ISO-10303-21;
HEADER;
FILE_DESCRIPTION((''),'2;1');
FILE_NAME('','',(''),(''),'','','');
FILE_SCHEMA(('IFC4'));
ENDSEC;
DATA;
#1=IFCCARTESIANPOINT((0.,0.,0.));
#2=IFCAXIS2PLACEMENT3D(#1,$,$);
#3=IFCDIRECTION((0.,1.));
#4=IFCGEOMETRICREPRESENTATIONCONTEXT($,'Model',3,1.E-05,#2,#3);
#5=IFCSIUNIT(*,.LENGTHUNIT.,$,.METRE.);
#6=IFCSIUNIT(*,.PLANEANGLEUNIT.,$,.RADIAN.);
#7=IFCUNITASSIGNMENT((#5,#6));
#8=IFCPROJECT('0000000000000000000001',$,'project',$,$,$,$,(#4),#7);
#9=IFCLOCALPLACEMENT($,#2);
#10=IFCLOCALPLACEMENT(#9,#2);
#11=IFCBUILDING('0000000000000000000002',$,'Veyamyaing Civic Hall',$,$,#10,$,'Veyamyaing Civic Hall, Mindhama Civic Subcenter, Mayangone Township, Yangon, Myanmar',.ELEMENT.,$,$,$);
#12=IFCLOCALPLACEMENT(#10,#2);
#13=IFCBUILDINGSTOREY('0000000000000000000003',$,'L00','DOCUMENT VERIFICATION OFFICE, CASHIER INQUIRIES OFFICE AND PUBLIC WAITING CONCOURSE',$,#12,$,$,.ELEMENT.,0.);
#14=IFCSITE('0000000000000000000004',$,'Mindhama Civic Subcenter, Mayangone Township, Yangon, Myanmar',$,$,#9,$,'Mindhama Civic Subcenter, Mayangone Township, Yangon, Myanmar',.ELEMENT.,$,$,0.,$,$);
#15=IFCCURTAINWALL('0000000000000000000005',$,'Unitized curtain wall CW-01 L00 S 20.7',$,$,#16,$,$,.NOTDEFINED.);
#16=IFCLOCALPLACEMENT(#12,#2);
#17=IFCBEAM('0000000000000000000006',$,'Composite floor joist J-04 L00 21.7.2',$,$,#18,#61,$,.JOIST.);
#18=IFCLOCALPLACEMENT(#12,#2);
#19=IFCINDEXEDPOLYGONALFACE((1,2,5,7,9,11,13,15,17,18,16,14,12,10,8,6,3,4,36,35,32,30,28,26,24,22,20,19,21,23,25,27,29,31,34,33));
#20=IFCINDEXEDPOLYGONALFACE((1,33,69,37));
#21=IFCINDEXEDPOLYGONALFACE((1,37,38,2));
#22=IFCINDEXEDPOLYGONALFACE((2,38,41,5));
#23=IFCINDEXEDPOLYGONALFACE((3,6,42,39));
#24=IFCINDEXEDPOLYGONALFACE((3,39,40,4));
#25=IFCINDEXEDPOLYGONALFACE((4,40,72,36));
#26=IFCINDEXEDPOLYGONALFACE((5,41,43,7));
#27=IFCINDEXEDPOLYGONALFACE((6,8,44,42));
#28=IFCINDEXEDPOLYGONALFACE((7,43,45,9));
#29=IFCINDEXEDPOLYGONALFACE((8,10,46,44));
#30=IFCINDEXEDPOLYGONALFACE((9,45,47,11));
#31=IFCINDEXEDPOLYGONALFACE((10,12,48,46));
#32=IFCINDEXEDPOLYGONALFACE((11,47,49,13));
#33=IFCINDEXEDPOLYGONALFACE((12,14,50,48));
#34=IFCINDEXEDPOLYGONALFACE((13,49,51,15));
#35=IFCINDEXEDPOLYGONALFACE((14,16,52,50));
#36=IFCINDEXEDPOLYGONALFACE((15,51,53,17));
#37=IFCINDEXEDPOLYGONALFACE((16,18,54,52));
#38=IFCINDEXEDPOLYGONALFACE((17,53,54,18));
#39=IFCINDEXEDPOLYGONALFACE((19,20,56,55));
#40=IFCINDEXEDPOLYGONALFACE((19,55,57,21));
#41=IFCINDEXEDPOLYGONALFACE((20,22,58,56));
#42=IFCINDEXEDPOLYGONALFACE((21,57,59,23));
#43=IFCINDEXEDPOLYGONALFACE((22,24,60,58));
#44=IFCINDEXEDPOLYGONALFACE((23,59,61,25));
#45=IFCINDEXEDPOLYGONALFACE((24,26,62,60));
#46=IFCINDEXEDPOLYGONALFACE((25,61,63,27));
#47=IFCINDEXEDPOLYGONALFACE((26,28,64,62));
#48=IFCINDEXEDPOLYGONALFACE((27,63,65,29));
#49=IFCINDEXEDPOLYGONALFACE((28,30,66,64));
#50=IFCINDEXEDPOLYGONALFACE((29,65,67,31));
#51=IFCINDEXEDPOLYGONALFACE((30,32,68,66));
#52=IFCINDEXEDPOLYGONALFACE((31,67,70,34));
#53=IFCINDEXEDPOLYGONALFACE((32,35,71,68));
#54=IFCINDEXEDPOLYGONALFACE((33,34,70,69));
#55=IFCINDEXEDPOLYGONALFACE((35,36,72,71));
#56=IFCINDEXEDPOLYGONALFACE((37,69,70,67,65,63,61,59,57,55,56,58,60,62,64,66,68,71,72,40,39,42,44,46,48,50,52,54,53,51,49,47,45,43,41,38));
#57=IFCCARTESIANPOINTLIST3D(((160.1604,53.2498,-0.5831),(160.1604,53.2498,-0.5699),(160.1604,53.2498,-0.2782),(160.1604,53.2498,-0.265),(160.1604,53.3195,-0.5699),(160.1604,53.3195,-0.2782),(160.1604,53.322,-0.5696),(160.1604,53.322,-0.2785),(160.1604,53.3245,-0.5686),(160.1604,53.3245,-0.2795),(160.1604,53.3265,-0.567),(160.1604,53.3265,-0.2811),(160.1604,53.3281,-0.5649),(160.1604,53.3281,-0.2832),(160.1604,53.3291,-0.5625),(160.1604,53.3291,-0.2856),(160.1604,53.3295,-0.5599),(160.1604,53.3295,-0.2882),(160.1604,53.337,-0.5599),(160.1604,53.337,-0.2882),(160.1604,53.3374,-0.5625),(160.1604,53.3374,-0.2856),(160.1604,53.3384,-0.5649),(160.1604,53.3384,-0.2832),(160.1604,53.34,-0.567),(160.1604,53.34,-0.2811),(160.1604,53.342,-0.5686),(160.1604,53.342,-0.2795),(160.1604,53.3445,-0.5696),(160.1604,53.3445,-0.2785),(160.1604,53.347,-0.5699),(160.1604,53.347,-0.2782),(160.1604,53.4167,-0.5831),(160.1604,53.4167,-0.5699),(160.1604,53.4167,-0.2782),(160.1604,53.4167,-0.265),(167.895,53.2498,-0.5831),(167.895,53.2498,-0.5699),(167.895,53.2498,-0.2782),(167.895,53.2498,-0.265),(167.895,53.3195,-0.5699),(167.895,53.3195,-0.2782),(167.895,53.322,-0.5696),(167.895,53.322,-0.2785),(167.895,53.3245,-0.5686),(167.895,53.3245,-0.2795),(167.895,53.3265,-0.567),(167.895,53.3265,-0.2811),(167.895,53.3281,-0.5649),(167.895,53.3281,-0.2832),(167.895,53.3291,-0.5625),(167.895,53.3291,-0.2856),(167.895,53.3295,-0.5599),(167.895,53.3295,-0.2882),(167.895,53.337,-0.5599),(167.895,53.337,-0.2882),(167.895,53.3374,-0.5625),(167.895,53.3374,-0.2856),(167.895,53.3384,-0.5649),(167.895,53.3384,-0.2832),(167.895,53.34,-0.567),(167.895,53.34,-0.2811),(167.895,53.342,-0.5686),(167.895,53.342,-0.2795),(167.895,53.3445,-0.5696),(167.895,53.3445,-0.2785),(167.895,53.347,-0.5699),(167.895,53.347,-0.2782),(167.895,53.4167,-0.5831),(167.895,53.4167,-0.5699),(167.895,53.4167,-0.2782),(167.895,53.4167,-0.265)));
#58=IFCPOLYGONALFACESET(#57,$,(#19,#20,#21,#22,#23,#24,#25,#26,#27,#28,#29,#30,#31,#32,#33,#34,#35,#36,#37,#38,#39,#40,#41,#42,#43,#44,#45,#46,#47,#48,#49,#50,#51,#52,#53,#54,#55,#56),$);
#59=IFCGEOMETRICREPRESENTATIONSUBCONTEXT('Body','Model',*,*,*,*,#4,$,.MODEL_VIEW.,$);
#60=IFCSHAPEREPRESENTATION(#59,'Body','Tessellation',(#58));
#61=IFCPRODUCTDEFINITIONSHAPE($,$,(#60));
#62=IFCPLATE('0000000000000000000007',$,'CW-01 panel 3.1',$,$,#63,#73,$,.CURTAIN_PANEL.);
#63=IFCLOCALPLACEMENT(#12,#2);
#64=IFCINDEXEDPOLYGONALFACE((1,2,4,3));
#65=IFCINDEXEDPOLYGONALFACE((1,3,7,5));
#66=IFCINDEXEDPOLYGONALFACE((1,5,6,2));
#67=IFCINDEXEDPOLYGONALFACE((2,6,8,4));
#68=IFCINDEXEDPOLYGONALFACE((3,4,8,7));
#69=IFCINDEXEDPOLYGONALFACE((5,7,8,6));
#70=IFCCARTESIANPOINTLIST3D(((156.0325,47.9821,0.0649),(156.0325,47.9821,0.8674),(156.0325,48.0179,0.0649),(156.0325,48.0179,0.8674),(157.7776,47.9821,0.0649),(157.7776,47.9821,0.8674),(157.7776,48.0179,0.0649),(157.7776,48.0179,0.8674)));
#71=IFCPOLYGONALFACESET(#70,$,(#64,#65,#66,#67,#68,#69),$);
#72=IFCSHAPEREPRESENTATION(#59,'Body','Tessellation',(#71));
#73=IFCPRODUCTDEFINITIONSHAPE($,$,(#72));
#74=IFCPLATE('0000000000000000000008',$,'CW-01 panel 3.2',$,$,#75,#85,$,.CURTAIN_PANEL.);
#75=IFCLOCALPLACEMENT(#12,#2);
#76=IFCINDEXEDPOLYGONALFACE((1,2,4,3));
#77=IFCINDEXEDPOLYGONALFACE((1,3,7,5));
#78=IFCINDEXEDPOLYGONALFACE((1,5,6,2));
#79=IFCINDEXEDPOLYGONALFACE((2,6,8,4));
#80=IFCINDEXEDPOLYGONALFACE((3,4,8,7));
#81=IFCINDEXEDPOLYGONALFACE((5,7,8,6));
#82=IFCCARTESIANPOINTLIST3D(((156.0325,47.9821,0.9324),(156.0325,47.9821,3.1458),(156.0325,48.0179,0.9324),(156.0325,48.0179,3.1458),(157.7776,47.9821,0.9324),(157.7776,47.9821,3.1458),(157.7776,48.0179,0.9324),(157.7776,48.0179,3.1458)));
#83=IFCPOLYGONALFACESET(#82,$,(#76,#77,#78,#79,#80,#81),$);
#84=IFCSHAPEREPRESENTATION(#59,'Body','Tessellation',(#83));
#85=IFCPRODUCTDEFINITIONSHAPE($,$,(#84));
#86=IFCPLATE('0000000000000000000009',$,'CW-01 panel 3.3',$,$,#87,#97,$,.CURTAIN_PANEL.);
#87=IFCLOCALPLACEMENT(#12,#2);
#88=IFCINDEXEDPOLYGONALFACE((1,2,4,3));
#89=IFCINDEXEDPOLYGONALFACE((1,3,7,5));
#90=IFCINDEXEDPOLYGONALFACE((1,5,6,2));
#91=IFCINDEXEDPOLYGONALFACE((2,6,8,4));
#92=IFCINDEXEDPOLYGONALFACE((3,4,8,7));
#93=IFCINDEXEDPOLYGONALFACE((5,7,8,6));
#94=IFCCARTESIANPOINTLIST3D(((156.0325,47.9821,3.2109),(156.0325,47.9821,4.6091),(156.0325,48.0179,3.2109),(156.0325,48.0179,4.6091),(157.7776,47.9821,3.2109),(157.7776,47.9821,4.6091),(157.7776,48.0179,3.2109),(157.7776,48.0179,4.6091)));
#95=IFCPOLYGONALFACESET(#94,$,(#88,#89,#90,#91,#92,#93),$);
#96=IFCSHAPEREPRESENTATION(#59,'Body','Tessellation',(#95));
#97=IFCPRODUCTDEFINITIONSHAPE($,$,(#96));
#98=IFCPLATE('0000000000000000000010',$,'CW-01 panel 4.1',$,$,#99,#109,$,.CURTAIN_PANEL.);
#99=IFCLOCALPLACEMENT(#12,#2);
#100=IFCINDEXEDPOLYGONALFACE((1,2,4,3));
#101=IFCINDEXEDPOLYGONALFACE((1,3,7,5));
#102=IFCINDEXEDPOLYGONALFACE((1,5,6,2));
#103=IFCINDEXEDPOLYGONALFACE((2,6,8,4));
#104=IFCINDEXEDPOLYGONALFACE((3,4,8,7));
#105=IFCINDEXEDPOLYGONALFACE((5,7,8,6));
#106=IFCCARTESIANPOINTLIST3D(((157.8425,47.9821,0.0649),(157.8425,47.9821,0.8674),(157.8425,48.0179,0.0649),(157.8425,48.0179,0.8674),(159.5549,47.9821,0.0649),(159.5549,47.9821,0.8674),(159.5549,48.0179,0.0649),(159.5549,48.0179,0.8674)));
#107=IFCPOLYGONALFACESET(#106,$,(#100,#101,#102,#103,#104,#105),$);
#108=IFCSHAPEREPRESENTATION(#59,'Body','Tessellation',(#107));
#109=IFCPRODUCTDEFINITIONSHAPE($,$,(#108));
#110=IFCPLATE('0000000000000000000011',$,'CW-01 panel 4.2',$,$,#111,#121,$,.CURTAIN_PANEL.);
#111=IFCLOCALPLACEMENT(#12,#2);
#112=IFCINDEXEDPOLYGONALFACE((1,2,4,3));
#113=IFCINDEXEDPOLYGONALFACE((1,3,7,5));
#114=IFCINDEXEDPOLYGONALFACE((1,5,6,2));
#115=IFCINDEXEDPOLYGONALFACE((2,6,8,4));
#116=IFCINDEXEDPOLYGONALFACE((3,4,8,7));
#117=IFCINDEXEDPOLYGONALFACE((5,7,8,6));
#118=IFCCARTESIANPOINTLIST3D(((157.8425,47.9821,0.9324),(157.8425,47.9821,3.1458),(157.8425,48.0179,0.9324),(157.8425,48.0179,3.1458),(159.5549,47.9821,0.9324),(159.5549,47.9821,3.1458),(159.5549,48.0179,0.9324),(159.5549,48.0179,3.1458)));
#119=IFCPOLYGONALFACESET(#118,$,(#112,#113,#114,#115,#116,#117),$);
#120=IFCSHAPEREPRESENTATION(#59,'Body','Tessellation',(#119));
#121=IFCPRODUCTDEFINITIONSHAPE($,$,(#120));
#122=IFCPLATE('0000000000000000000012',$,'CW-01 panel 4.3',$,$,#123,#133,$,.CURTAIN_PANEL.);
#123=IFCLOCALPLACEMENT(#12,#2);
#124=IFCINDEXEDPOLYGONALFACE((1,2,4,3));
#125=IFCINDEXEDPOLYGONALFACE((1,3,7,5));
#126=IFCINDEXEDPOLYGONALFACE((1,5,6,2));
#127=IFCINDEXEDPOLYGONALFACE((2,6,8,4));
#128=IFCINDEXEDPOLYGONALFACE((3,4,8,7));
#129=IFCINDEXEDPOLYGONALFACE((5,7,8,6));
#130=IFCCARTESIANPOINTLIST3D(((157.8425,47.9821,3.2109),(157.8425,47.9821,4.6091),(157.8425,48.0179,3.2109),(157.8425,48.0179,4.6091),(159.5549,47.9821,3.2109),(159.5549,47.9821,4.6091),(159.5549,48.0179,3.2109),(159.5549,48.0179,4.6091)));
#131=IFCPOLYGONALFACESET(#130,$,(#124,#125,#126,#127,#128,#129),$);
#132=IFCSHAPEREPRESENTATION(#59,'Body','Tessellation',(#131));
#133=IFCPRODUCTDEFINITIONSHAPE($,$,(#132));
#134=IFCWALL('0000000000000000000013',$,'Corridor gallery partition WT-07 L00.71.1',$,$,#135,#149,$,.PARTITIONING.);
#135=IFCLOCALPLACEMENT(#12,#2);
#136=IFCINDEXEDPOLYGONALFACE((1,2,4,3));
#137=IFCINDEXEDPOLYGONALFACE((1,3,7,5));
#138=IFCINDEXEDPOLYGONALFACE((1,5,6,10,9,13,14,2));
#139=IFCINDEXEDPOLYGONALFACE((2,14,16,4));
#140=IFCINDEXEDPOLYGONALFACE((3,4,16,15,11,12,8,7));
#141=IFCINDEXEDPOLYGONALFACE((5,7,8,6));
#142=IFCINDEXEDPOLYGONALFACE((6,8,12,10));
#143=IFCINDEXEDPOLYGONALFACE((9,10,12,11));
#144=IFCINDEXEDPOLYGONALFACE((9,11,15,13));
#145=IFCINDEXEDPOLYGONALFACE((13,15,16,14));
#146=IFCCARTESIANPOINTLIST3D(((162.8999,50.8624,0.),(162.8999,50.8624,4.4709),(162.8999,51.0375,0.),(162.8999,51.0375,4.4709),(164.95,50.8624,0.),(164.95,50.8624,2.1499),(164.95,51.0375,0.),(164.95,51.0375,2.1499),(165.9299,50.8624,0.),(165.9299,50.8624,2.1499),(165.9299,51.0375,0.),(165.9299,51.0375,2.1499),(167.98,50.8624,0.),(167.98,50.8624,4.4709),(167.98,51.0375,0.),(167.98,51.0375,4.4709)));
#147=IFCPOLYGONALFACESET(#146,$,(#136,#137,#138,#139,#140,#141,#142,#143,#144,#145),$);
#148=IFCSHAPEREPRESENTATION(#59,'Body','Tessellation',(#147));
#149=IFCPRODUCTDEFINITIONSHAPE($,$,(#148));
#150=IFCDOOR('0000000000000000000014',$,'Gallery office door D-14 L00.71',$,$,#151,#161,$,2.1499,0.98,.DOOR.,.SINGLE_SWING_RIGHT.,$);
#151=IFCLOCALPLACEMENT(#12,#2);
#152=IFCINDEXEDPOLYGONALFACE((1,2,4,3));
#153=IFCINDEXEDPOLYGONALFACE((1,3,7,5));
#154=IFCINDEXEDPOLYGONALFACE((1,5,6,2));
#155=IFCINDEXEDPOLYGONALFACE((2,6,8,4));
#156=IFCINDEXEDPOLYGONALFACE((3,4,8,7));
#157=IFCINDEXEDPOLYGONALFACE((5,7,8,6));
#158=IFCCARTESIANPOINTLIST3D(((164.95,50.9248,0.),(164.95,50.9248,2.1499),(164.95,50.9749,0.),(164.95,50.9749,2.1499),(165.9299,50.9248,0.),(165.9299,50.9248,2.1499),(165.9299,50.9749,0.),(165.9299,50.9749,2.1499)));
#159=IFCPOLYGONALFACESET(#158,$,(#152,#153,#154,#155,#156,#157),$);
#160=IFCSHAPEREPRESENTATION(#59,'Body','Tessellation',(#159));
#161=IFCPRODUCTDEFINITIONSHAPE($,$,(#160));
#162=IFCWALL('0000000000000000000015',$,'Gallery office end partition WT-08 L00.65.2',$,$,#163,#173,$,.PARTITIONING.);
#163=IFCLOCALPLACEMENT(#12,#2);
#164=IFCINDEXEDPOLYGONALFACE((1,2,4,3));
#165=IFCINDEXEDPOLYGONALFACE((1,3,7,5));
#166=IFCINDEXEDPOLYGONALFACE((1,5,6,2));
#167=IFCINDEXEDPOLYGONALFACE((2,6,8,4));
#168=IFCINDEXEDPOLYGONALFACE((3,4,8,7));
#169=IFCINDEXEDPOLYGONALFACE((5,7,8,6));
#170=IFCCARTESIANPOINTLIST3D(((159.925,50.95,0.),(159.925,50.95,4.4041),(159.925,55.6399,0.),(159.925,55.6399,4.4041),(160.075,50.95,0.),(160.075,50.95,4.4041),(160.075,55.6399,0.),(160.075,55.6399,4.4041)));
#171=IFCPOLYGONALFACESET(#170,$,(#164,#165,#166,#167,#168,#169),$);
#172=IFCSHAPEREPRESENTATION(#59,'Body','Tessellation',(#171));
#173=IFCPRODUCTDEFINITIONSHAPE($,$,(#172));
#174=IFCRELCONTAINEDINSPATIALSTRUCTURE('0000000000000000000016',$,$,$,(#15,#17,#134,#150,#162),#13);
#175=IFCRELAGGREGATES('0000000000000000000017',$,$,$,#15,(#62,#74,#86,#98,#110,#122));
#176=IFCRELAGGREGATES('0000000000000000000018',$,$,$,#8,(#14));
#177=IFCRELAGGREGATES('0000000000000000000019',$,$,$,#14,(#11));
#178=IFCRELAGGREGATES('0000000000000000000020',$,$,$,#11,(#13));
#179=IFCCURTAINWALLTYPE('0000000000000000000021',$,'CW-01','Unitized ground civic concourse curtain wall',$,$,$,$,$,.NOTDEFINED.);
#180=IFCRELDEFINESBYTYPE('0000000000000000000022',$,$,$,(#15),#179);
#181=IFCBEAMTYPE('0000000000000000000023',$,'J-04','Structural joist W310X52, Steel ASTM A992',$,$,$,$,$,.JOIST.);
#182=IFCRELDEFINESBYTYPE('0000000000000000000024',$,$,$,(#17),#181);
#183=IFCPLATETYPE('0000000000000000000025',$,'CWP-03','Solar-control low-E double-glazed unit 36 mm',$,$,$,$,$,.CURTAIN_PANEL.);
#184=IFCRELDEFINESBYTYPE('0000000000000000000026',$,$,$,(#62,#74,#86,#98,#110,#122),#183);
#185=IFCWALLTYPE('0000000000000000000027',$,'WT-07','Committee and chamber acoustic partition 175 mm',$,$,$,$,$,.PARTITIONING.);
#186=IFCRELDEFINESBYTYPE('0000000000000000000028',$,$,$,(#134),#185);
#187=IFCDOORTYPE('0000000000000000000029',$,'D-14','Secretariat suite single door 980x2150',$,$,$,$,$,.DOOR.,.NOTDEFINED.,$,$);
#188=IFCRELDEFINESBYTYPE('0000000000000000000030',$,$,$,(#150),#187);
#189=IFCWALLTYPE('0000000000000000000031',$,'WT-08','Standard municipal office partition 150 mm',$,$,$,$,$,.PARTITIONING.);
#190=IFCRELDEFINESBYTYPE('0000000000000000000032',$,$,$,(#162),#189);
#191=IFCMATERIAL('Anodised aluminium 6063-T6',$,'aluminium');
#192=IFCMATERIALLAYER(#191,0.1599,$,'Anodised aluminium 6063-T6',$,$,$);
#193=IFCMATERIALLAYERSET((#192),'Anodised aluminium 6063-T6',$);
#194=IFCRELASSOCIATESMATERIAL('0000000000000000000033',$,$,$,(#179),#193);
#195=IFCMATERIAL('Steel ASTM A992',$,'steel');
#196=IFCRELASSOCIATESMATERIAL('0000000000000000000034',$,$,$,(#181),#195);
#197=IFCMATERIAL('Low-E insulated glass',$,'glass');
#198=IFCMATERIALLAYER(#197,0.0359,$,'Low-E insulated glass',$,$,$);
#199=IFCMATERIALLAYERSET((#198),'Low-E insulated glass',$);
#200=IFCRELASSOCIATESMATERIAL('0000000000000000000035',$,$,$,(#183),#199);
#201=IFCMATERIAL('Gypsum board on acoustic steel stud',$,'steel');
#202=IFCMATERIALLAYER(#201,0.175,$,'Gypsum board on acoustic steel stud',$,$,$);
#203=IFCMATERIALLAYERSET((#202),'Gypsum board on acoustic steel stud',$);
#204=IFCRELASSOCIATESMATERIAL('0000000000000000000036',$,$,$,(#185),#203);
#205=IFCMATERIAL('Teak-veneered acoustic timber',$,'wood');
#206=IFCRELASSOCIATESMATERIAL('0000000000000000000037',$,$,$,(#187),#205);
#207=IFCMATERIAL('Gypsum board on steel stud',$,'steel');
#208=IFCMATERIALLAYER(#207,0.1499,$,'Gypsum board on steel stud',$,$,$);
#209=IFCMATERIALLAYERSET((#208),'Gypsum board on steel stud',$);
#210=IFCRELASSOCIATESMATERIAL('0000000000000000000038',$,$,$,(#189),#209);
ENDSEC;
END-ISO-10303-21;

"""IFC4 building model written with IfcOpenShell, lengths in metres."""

from ifc_helpers import new_model, si_unit, direction, frame, frame_2d, origin, origin_2d, place, context, subcontext, project, spatial, rectangle, i_section, extrude, material, layer, layer_set, material_profile, profile_set, type_object, element, fill, aggregate, save


model = new_model("IFC4")

# Units and contexts
model_context = context("Model", 3, precision=1e-05, world=origin(), true_north=direction((0.0, 1.0)))
body_context = subcontext(model_context, "Body", "Model", "MODEL_VIEW")
ifc_project = project(units=[si_unit("LENGTHUNIT", "METRE"), si_unit("PLANEANGLEUNIT", "RADIAN")], contexts=[model_context])

# Site, building, storey
site_placement = place(None, origin())
site = spatial("IfcSite", under=ifc_project, at=site_placement, Name="Mindhama Civic Subcenter, Mayangone Township, Yangon, Myanmar", LongName="Mindhama Civic Subcenter, Mayangone Township, Yangon, Myanmar", CompositionType="ELEMENT", RefElevation=0.0)
building_placement = place(site_placement, origin())
building = spatial("IfcBuilding", under=site, at=building_placement, Name="Veyamyaing Civic Hall", LongName="Veyamyaing Civic Hall, Mindhama Civic Subcenter, Mayangone Township, Yangon, Myanmar", CompositionType="ELEMENT")
storey_placement = place(building_placement, origin())
storey = spatial("IfcBuildingStorey", under=building, at=storey_placement, Name="L00", Description="DOCUMENT VERIFICATION OFFICE, CASHIER INQUIRIES OFFICE AND PUBLIC WAITING CONCOURSE", CompositionType="ELEMENT", Elevation=0.0)

# Shared definitions
ifc_material_1 = material(Name="Steel ASTM A992", Category="steel")

# Curtain wall
ifc_material_2 = material(Name="Anodised aluminium 6063-T6", Category="aluminium")
ifc_layer_1 = layer(ifc_material_2, 0.1599, Name="Anodised aluminium 6063-T6")
ifc_layer_set_1 = layer_set([ifc_layer_1], Name="Anodised aluminium 6063-T6")
curtain_wall_type = type_object("IfcCurtainWallType", Name="CW-01", Description="Unitized ground civic concourse curtain wall", PredefinedType="NOTDEFINED", material=ifc_layer_set_1)
curtain_wall_placement = place(storey_placement, origin())
curtain_wall = element("IfcCurtainWall", 1, at=curtain_wall_placement, inside=storey, type_object=curtain_wall_type, Name="Unitized curtain wall CW-01 L00 S 20.7", PredefinedType="NOTDEFINED")

# Beam
ifc_material_profile_1 = material_profile(ifc_material_1, i_section(OverallWidth=0.167, OverallDepth=0.3181, WebThickness=0.0076, FlangeThickness=0.0132, FilletRadius=0.01, at=origin_2d()), Name="W310X52")
ifc_profile_set_1 = profile_set([ifc_material_profile_1], Name="Steel ASTM A992")
beam_type_1 = type_object("IfcBeamType", Name="J-04", Description="Structural joist W310X52, Steel ASTM A992", PredefinedType="JOIST", material=ifc_profile_set_1)
for number, where, z_axis, x_axis, name in (
    (2, (160.1604, 53.3333, -0.4241), (1.0, 0.0, 0.0), (0.0, 1.0, 0.0), "Composite floor joist J-04 L00 21.7.2"),
):
    element("IfcBeam", number, at=place(storey_placement, frame(where, z_axis=z_axis, x_axis=x_axis)), inside=storey, type_object=beam_type_1, Name=name, PredefinedType="JOIST", context=body_context, shape_type="SweptSolid", body=[
        extrude(i_section(OverallWidth=0.167, OverallDepth=0.3181, WebThickness=0.0076, FlangeThickness=0.0132, FilletRadius=0.01, at=origin_2d()), origin(), (0.0, 0.0, 1.0), 7.7346),
    ])

# Plates
ifc_material_3 = material(Name="Low-E insulated glass", Category="glass")
ifc_layer_2 = layer(ifc_material_3, 0.0359, Name="Low-E insulated glass")
ifc_layer_set_2 = layer_set([ifc_layer_2], Name="Low-E insulated glass")
plate_type = type_object("IfcPlateType", Name="CWP-03", Description="Solar-control low-E double-glazed unit 36 mm", PredefinedType="CURTAIN_PANEL", material=ifc_layer_set_2)
plate_1_placement = place(storey_placement, frame((156.905, 48.0, 0.0649), z_axis=(0.0, 0.0, 1.0), x_axis=(1.0, 0.0, 0.0)))
plate_1 = element("IfcPlate", 3, at=plate_1_placement, type_object=plate_type, Name="CW-01 panel 3.1", PredefinedType="CURTAIN_PANEL", context=body_context, shape_type="SweptSolid", body=[
    extrude(rectangle(XDim=1.7451, YDim=0.0359, at=origin_2d()), origin(), (0.0, 0.0, 1.0), 0.8025),
])
plate_2_placement = place(storey_placement, frame((156.905, 48.0, 0.9324), z_axis=(0.0, 0.0, 1.0), x_axis=(1.0, 0.0, 0.0)))
plate_2 = element("IfcPlate", 4, at=plate_2_placement, type_object=plate_type, Name="CW-01 panel 3.2", PredefinedType="CURTAIN_PANEL", context=body_context, shape_type="SweptSolid", body=[
    extrude(rectangle(XDim=1.7451, YDim=0.0359, at=origin_2d()), origin(), (0.0, 0.0, 1.0), 2.2134),
])
plate_3_placement = place(storey_placement, frame((156.905, 48.0, 3.2109), z_axis=(0.0, 0.0, 1.0), x_axis=(1.0, 0.0, 0.0)))
plate_3 = element("IfcPlate", 5, at=plate_3_placement, type_object=plate_type, Name="CW-01 panel 3.3", PredefinedType="CURTAIN_PANEL", context=body_context, shape_type="SweptSolid", body=[
    extrude(rectangle(XDim=1.7451, YDim=0.0359, at=origin_2d()), origin(), (0.0, 0.0, 1.0), 1.3982),
])
plate_4_placement = place(storey_placement, frame((158.6987, 48.0, 0.0649), z_axis=(0.0, 0.0, 1.0), x_axis=(1.0, 0.0, 0.0)))
plate_4 = element("IfcPlate", 6, at=plate_4_placement, type_object=plate_type, Name="CW-01 panel 4.1", PredefinedType="CURTAIN_PANEL", context=body_context, shape_type="SweptSolid", body=[
    extrude(rectangle(XDim=1.7124, YDim=0.0359, at=origin_2d()), origin(), (0.0, 0.0, 1.0), 0.8025),
])
plate_5_placement = place(storey_placement, frame((158.6987, 48.0, 0.9324), z_axis=(0.0, 0.0, 1.0), x_axis=(1.0, 0.0, 0.0)))
plate_5 = element("IfcPlate", 7, at=plate_5_placement, type_object=plate_type, Name="CW-01 panel 4.2", PredefinedType="CURTAIN_PANEL", context=body_context, shape_type="SweptSolid", body=[
    extrude(rectangle(XDim=1.7124, YDim=0.0359, at=origin_2d()), origin(), (0.0, 0.0, 1.0), 2.2134),
])
plate_6_placement = place(storey_placement, frame((158.6987, 48.0, 3.2109), z_axis=(0.0, 0.0, 1.0), x_axis=(1.0, 0.0, 0.0)))
plate_6 = element("IfcPlate", 8, at=plate_6_placement, type_object=plate_type, Name="CW-01 panel 4.3", PredefinedType="CURTAIN_PANEL", context=body_context, shape_type="SweptSolid", body=[
    extrude(rectangle(XDim=1.7124, YDim=0.0359, at=origin_2d()), origin(), (0.0, 0.0, 1.0), 1.3982),
])
aggregate(curtain_wall, [plate_1, plate_2, plate_3, plate_4, plate_5, plate_6])

# Wall, opening, door
ifc_material_4 = material(Name="Gypsum board on acoustic steel stud", Category="steel")
ifc_layer_3 = layer(ifc_material_4, 0.175, Name="Gypsum board on acoustic steel stud")
ifc_layer_set_3 = layer_set([ifc_layer_3], Name="Gypsum board on acoustic steel stud")
wall_type_1 = type_object("IfcWallType", Name="WT-07", Description="Committee and chamber acoustic partition 175 mm", PredefinedType="PARTITIONING", material=ifc_layer_set_3)
wall_1_placement = place(storey_placement, frame((162.8999, 50.95, 0.0), z_axis=(0.0, 0.0, 1.0), x_axis=(1.0, 0.0, 0.0)))
wall_1 = element("IfcWall", 9, at=wall_1_placement, inside=storey, type_object=wall_type_1, Name="Corridor gallery partition WT-07 L00.71.1", PredefinedType="PARTITIONING", context=body_context, shape_type="SweptSolid", body=[
    extrude(rectangle(XDim=5.0801, YDim=0.175, at=frame_2d((2.54, 0.0))), origin(), (0.0, 0.0, 1.0), 4.4709),
])
opening_placement = place(wall_1_placement, frame((2.05, 0.0, 0.0)))
opening = element("IfcOpeningElement", 10, at=opening_placement, cuts=wall_1, PredefinedType="OPENING", context=body_context, shape_type="SweptSolid", body=[
    extrude(rectangle(XDim=0.98, YDim=2.1499, at=frame_2d((0.49, 1.075))), frame((0.0, 0.0974, 0.0), z_axis=(0.0, -1.0, 0.0), x_axis=(1.0, 0.0, 0.0)), (0.0, 0.0, 1.0), 0.1951),
])
ifc_material_5 = material(Name="Teak-veneered acoustic timber", Category="wood")
door_type = type_object("IfcDoorType", Name="D-14", Description="Secretariat suite single door 980x2150", OperationType="NOTDEFINED", PredefinedType="DOOR", material=ifc_material_5)
door_placement = place(opening_placement, origin())
door = element("IfcDoor", 11, at=door_placement, inside=storey, type_object=door_type, Name="Gallery office door D-14 L00.71", OperationType="SINGLE_SWING_RIGHT", OverallHeight=2.1499, OverallWidth=0.98, PredefinedType="DOOR", context=body_context, shape_type="SweptSolid", body=[
    extrude(rectangle(XDim=0.98, YDim=2.1499, at=frame_2d((0.49, 1.075))), frame((0.0, 0.0249, 0.0), z_axis=(0.0, -1.0, 0.0), x_axis=(1.0, 0.0, 0.0)), (0.0, 0.0, 1.0), 0.05),
])
fill(opening, door)

# Wall
ifc_material_6 = material(Name="Gypsum board on steel stud", Category="steel")
ifc_layer_4 = layer(ifc_material_6, 0.1499, Name="Gypsum board on steel stud")
ifc_layer_set_4 = layer_set([ifc_layer_4], Name="Gypsum board on steel stud")
wall_type_2 = type_object("IfcWallType", Name="WT-08", Description="Standard municipal office partition 150 mm", PredefinedType="PARTITIONING", material=ifc_layer_set_4)
wall_2_placement = place(storey_placement, frame((160.0, 50.95, 0.0), z_axis=(0.0, 0.0, 1.0), x_axis=(0.0, 1.0, 0.0)))
element("IfcWall", 12, at=wall_2_placement, inside=storey, type_object=wall_type_2, Name="Gallery office end partition WT-08 L00.65.2", PredefinedType="PARTITIONING", context=body_context, shape_type="SweptSolid", body=[
    extrude(rectangle(XDim=4.6899, YDim=0.1499, at=frame_2d((2.345, 0.0))), origin(), (0.0, 0.0, 1.0), 4.4041),
])

save(model, "model.ifc")
